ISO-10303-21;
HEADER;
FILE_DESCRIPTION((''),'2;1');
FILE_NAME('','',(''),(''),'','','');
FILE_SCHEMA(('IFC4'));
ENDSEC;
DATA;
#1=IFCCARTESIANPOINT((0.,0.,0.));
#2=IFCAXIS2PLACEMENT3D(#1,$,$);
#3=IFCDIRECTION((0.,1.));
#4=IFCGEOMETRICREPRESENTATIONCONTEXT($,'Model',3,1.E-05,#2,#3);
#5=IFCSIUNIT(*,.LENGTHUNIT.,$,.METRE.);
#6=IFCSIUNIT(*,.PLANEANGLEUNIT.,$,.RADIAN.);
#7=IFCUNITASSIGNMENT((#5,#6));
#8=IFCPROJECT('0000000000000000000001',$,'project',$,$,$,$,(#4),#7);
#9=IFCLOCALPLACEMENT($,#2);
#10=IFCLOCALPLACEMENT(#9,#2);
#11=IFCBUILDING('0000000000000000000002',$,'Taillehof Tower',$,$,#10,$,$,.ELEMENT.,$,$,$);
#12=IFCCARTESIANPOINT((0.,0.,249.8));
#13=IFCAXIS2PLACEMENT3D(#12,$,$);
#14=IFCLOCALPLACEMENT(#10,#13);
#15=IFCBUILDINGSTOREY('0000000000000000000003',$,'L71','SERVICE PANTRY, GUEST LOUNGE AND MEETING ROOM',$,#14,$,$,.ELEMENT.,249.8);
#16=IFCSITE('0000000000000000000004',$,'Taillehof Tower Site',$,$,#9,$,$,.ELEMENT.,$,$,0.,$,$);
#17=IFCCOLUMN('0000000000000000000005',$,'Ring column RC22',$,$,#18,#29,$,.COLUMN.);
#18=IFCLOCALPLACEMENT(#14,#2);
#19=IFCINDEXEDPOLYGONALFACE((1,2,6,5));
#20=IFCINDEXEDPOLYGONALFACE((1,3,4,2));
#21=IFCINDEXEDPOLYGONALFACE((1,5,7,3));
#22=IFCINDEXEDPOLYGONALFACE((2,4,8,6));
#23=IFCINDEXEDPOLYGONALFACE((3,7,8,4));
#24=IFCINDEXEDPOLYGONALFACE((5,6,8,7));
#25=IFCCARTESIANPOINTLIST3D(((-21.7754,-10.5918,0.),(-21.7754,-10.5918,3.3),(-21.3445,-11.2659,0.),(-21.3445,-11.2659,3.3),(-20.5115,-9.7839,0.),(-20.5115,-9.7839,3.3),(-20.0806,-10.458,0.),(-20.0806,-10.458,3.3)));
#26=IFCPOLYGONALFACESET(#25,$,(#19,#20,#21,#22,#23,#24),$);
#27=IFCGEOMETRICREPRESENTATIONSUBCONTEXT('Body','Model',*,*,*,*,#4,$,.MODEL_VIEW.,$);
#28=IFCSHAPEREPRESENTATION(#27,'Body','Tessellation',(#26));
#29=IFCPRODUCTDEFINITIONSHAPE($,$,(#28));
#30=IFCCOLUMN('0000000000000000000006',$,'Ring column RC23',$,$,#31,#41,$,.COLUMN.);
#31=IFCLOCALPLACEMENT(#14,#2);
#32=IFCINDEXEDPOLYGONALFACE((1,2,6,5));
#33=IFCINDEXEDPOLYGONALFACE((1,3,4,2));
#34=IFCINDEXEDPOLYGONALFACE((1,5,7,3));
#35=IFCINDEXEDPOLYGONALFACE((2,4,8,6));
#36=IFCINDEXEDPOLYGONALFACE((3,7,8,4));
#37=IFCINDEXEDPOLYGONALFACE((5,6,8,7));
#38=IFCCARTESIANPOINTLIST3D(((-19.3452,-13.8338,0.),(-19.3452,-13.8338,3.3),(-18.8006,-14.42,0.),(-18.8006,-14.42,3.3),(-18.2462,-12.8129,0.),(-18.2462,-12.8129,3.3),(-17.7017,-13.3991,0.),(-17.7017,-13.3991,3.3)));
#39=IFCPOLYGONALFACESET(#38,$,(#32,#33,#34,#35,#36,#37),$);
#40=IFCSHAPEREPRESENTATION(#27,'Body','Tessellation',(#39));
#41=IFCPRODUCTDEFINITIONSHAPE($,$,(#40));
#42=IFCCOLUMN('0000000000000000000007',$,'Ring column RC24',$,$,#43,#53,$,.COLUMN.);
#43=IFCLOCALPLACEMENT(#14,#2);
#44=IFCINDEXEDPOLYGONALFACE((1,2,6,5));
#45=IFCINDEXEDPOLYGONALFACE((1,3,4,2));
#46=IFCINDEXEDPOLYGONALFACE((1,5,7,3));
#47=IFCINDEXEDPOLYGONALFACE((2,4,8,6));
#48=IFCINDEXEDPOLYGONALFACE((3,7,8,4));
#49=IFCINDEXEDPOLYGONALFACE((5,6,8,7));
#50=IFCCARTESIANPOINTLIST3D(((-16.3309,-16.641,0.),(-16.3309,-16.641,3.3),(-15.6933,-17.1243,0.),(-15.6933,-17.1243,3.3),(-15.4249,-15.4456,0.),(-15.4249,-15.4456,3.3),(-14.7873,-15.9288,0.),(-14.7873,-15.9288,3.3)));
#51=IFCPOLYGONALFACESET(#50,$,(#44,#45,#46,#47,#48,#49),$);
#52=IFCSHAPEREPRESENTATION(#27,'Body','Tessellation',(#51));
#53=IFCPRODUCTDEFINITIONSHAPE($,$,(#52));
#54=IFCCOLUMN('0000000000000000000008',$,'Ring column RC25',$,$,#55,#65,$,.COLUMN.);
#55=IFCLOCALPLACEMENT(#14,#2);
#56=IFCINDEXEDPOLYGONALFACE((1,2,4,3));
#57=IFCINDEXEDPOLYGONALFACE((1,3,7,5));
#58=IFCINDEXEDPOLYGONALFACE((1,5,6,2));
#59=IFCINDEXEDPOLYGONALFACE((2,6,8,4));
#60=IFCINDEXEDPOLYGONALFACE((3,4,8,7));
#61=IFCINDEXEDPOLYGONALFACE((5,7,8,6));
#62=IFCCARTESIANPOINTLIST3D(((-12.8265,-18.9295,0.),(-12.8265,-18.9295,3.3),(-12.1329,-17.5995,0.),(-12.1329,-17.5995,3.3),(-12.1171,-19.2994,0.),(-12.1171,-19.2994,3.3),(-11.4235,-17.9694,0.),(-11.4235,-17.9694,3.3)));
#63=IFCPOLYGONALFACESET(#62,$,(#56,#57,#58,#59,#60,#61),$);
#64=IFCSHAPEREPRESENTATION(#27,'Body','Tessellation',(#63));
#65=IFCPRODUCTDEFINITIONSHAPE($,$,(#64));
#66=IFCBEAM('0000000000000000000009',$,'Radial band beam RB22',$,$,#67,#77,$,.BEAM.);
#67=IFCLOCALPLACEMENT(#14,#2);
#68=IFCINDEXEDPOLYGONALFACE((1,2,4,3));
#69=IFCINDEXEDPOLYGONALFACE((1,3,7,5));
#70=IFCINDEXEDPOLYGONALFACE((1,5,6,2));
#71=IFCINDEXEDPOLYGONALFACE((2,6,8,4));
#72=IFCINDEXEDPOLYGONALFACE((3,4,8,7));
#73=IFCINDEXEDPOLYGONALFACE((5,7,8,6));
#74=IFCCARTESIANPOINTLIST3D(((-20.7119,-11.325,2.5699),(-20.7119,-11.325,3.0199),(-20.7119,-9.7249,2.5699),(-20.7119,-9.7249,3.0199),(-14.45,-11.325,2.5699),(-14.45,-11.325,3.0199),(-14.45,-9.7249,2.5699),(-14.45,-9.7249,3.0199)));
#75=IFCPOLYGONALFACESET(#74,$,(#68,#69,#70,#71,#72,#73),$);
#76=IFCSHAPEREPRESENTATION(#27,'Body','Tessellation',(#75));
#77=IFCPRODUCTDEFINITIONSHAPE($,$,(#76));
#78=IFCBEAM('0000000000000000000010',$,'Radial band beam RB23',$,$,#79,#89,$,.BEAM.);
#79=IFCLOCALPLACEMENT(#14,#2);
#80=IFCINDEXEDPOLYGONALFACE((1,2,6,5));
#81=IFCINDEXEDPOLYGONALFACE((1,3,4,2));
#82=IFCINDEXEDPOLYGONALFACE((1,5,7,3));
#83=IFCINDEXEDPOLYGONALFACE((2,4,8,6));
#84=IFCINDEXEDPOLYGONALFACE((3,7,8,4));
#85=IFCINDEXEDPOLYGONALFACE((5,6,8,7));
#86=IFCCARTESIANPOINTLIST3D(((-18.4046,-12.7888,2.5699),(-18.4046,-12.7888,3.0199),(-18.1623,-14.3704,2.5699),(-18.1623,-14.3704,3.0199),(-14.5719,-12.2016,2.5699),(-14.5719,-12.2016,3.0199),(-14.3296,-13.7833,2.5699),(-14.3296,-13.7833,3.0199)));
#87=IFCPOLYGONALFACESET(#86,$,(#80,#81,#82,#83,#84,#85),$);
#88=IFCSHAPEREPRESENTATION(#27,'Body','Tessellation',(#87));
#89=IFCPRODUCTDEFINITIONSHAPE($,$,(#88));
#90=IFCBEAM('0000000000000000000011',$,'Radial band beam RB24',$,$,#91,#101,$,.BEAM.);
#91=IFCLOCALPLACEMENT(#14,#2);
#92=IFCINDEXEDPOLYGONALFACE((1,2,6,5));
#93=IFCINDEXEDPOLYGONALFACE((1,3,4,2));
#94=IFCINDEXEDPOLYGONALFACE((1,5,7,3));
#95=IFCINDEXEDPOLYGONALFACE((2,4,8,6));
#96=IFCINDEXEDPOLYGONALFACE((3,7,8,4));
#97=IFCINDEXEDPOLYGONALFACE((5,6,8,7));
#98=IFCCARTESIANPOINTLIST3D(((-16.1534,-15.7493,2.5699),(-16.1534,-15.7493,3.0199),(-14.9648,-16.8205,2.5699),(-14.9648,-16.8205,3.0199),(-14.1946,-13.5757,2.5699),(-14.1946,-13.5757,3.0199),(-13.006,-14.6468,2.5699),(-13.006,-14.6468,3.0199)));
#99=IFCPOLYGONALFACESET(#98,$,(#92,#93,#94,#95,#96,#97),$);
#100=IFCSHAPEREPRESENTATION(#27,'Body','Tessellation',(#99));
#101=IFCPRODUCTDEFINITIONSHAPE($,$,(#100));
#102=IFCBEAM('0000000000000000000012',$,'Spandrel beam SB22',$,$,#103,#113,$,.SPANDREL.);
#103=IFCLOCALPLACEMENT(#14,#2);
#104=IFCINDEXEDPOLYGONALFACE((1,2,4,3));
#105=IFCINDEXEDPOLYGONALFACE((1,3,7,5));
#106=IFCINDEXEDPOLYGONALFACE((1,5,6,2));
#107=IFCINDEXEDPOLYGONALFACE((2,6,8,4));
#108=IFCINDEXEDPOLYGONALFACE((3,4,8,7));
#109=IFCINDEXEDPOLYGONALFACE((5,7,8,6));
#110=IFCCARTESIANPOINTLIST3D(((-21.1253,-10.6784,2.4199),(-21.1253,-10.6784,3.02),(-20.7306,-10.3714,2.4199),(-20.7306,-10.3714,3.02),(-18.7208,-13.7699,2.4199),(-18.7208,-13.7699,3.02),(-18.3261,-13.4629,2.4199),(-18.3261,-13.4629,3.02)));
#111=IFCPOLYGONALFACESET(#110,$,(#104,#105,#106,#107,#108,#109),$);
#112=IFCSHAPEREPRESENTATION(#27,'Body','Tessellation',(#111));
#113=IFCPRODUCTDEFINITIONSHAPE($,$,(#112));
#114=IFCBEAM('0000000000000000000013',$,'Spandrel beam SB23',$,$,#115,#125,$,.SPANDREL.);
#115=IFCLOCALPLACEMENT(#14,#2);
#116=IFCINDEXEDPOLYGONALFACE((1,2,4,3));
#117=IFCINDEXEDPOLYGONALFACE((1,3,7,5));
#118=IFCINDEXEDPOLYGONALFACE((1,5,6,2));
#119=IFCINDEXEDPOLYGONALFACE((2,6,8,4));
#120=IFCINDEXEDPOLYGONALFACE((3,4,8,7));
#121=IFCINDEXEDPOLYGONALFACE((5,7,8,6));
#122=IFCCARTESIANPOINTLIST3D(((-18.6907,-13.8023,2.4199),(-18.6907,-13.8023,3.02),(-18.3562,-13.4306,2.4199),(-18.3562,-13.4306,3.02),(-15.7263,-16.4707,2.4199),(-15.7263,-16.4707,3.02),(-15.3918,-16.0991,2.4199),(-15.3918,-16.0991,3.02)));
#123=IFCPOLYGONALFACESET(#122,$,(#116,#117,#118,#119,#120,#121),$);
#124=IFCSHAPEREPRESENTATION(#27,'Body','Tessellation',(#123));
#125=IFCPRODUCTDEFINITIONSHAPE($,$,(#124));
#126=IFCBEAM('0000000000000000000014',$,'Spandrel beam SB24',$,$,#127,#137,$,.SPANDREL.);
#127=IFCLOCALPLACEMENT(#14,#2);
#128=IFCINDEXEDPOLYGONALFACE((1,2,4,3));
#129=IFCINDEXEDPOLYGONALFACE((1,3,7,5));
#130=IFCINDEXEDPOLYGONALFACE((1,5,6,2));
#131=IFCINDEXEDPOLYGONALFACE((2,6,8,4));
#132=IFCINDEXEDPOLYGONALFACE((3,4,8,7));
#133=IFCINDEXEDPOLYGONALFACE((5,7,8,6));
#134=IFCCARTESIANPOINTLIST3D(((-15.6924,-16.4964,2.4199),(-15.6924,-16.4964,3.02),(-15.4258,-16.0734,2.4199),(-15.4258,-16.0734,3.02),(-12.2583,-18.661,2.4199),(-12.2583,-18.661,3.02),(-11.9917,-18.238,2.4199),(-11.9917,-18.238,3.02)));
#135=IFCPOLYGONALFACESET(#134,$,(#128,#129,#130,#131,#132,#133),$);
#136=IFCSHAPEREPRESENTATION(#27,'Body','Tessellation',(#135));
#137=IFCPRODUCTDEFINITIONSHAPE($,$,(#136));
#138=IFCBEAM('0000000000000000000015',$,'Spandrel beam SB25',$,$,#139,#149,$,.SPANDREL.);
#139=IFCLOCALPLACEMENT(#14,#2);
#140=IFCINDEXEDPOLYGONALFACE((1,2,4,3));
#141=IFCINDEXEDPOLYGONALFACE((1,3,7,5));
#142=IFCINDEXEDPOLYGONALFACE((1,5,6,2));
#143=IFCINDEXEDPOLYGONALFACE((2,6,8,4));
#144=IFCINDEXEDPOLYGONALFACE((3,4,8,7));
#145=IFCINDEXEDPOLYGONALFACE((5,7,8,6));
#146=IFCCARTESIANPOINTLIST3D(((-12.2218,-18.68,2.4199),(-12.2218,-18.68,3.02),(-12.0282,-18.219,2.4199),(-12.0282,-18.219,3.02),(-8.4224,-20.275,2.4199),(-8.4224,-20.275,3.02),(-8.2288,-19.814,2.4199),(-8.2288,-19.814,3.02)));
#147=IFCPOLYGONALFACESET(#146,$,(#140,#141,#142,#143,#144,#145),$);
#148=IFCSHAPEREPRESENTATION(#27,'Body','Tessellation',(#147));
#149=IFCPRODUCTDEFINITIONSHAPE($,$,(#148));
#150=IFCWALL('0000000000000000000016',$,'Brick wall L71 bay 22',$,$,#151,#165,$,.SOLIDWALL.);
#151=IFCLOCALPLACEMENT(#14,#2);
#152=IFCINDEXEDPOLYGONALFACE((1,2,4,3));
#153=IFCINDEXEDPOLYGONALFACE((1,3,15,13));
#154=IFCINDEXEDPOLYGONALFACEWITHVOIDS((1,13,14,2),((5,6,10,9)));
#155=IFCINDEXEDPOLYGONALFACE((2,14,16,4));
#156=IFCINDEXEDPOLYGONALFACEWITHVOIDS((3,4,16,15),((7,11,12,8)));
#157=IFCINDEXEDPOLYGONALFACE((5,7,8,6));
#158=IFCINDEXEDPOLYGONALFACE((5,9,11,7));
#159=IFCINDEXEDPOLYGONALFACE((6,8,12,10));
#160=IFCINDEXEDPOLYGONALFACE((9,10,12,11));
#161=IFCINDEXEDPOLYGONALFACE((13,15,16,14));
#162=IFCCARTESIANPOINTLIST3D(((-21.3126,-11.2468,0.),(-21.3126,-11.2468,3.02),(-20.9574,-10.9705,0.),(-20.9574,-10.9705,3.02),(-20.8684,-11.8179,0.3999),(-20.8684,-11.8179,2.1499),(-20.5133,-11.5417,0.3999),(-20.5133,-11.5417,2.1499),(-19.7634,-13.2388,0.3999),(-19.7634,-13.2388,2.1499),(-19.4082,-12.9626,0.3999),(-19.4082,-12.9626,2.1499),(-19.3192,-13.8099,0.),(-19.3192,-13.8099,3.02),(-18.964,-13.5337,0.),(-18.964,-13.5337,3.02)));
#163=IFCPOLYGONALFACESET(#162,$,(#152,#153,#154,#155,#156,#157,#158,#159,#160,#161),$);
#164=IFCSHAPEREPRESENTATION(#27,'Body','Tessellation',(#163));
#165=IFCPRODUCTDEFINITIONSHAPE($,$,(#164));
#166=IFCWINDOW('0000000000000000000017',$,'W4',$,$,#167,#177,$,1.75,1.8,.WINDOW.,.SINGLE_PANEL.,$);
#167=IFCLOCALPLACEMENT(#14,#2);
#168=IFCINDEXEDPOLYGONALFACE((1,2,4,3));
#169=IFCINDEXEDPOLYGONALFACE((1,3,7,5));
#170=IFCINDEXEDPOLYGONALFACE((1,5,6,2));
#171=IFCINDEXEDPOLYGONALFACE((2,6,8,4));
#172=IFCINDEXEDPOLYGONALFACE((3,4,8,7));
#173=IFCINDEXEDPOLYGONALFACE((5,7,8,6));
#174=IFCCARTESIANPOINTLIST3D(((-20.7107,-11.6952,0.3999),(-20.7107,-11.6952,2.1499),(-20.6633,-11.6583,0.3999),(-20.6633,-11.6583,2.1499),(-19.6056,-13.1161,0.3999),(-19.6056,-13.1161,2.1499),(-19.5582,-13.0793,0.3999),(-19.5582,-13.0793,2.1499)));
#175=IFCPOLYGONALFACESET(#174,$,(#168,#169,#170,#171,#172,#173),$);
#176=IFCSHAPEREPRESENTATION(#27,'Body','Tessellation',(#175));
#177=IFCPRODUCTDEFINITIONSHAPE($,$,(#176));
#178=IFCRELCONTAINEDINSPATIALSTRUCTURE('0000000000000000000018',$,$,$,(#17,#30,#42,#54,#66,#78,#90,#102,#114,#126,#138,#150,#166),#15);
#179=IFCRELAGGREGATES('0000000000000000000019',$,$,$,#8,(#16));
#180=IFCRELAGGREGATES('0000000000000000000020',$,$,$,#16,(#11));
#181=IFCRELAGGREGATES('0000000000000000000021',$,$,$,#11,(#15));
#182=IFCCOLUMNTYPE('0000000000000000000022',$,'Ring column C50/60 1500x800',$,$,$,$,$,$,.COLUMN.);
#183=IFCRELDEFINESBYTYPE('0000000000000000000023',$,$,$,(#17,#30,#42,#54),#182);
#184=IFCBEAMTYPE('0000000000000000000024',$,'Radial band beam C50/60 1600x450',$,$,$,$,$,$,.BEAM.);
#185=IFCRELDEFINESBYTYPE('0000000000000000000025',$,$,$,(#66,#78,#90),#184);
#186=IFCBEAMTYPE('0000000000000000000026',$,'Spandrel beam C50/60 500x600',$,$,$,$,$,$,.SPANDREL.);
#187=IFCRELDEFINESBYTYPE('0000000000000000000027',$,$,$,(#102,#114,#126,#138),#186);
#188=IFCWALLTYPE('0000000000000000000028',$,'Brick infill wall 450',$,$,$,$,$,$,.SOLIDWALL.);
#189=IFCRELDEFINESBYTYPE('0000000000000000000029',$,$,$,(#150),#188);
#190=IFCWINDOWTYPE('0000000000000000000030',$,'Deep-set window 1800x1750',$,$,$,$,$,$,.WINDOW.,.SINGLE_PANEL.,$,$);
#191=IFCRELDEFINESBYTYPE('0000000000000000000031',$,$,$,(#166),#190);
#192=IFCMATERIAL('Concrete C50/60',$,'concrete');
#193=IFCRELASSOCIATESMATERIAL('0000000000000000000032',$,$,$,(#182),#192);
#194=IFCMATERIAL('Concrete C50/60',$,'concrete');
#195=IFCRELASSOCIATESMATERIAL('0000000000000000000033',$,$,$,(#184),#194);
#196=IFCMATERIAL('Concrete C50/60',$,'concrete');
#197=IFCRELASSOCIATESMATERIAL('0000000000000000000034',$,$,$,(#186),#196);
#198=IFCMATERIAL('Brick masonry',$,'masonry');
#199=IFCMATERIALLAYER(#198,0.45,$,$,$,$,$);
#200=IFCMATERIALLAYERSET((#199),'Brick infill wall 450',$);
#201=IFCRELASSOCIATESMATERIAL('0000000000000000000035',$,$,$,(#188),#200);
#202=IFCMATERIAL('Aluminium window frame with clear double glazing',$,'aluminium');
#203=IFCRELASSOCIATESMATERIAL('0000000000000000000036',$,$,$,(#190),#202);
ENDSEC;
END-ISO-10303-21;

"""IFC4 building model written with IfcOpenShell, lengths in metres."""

from ifc_helpers import new_model, si_unit, direction, frame, frame_2d, origin, origin_2d, place, context, subcontext, project, spatial, rectangle, extrude, material, layer, layer_set, material_profile, profile_set, type_object, element, fill, save


model = new_model("IFC4")

# Units and contexts
model_context = context("Model", 3, precision=1e-05, world=origin(), true_north=direction((0.0, 1.0)))
body_context = subcontext(model_context, "Body", "Model", "MODEL_VIEW")
ifc_project = project(units=[si_unit("LENGTHUNIT", "METRE"), si_unit("PLANEANGLEUNIT", "RADIAN")], contexts=[model_context])

# Site, building, storey
site_placement = place(None, origin())
site = spatial("IfcSite", under=ifc_project, at=site_placement, Name="Taillehof Tower Site", CompositionType="ELEMENT", RefElevation=0.0)
building_placement = place(site_placement, origin())
building = spatial("IfcBuilding", under=site, at=building_placement, Name="Taillehof Tower", CompositionType="ELEMENT")
storey_placement = place(building_placement, frame((0.0, 0.0, 249.8)))
storey = spatial("IfcBuildingStorey", under=building, at=storey_placement, Name="L71", Description="SERVICE PANTRY, GUEST LOUNGE AND MEETING ROOM", CompositionType="ELEMENT", Elevation=249.8)

# Columns
ifc_material_1 = material(Name="Concrete C50/60", Category="concrete")
ifc_material_profile_1 = material_profile(ifc_material_1, rectangle(XDim=1.5, YDim=0.8, at=origin_2d()), Name="RC 1500x800")
ifc_profile_set_1 = profile_set([ifc_material_profile_1], Name="Concrete C50/60")
column_type = type_object("IfcColumnType", Name="Ring column C50/60 1500x800", PredefinedType="COLUMN", material=ifc_profile_set_1)
for number, where, z_axis, x_axis, name in (
    (1, (-20.928, -10.5249, 0.0), (0.0, 0.0, 1.0), (-0.842574, -0.538581, 0.0), "Ring column RC22"),
    (2, (-18.5234, -13.6165, 0.0), (0.0, 0.0, 1.0), (-0.732636, -0.680621, 0.0), "Ring column RC23"),
    (3, (-15.5591, -16.2849, 0.0), (0.0, 0.0, 1.0), (-0.60402, -0.796969, 0.0), "Ring column RC24"),
    (4, (-12.125, -18.4495, 0.0), (0.0, 0.0, 1.0), (-0.462384, -0.88668, 0.0), "Ring column RC25"),
):
    element("IfcColumn", number, at=place(storey_placement, frame(where, z_axis=z_axis, x_axis=x_axis)), inside=storey, type_object=column_type, Name=name, PredefinedType="COLUMN", context=body_context, shape_type="SweptSolid", body=[
        extrude(rectangle(XDim=1.5, YDim=0.8, at=origin_2d()), origin(), (0.0, 0.0, 1.0), 3.3),
    ])

# Beams
ifc_material_2 = material(Name="Concrete C50/60", Category="concrete")
ifc_material_profile_2 = material_profile(ifc_material_2, rectangle(XDim=1.6001, YDim=0.45, at=origin_2d()), Name="RC 1600x450")
ifc_profile_set_2 = profile_set([ifc_material_profile_2], Name="Concrete C50/60")
beam_type_1 = type_object("IfcBeamType", Name="Radial band beam C50/60 1600x450", PredefinedType="BEAM", material=ifc_profile_set_2)
beam_1_placement = place(storey_placement, frame((-20.7119, -10.5249, 2.7949), z_axis=(1.0, 0.0, 0.0), x_axis=(0.0, 1.0, 0.0)))
element("IfcBeam", 5, at=beam_1_placement, inside=storey, type_object=beam_type_1, Name="Radial band beam RB22", PredefinedType="BEAM", context=body_context, shape_type="SweptSolid", body=[
    extrude(rectangle(XDim=1.6001, YDim=0.45, at=origin_2d()), origin(), (0.0, 0.0, 1.0), 6.262),
])
beam_2_placement = place(storey_placement, frame((-18.2834, -13.5796, 2.7949), z_axis=(0.988468, 0.151428, 0.0), x_axis=(-0.151428, 0.988468, 0.0)))
element("IfcBeam", 6, at=beam_2_placement, inside=storey, type_object=beam_type_1, Name="Radial band beam RB23", PredefinedType="BEAM", context=body_context, shape_type="SweptSolid", body=[
    extrude(rectangle(XDim=1.6001, YDim=0.45, at=origin_2d()), origin(), (0.0, 0.0, 1.0), 3.8774),
])
beam_3_placement = place(storey_placement, frame((-15.5591, -16.2849, 2.7949), z_axis=(0.669439, 0.742867, 0.0), x_axis=(-0.742867, 0.669439, 0.0)))
element("IfcBeam", 7, at=beam_3_placement, inside=storey, type_object=beam_type_1, Name="Radial band beam RB24", PredefinedType="BEAM", context=body_context, shape_type="SweptSolid", body=[
    extrude(rectangle(XDim=1.6001, YDim=0.45, at=origin_2d()), origin(), (0.0, 0.0, 1.0), 2.926),
])
ifc_material_3 = material(Name="Concrete C50/60", Category="concrete")
ifc_material_profile_3 = material_profile(ifc_material_3, rectangle(XDim=0.5, YDim=0.6001, at=origin_2d()), Name="RC 500x600")
ifc_profile_set_3 = profile_set([ifc_material_profile_3], Name="Concrete C50/60")
beam_type_2 = type_object("IfcBeamType", Name="Spandrel beam C50/60 500x600", PredefinedType="SPANDREL", material=ifc_profile_set_3)
beam_4_placement = place(storey_placement, frame((-20.928, -10.5249, 2.72), z_axis=(0.613941, -0.789352, 0.0), x_axis=(0.789352, 0.613941, 0.0)))
element("IfcBeam", 8, at=beam_4_placement, inside=storey, type_object=beam_type_2, Name="Spandrel beam SB22", PredefinedType="SPANDREL", context=body_context, shape_type="SweptSolid", body=[
    extrude(rectangle(XDim=0.5, YDim=0.6001, at=origin_2d()), origin(), (0.0, 0.0, 1.0), 3.9165),
])
beam_5_placement = place(storey_placement, frame((-18.5234, -13.6165, 2.72), z_axis=(0.743227, -0.669039, 0.0), x_axis=(0.669039, 0.743227, 0.0)))
element("IfcBeam", 9, at=beam_5_placement, inside=storey, type_object=beam_type_2, Name="Spandrel beam SB23", PredefinedType="SPANDREL", context=body_context, shape_type="SweptSolid", body=[
    extrude(rectangle(XDim=0.5, YDim=0.6001, at=origin_2d()), origin(), (0.0, 0.0, 1.0), 3.9885),
])
beam_6_placement = place(storey_placement, frame((-15.5591, -16.2849, 2.72), z_axis=(0.845972, -0.533228, 0.0), x_axis=(0.533228, 0.845972, 0.0)))
element("IfcBeam", 10, at=beam_6_placement, inside=storey, type_object=beam_type_2, Name="Spandrel beam SB24", PredefinedType="SPANDREL", context=body_context, shape_type="SweptSolid", body=[
    extrude(rectangle(XDim=0.5, YDim=0.6001, at=origin_2d()), origin(), (0.0, 0.0, 1.0), 4.0593),
])
beam_7_placement = place(storey_placement, frame((-12.125, -18.4495, 2.72), z_axis=(0.922046, -0.387079, 0.0), x_axis=(0.387079, 0.922046, 0.0)))
element("IfcBeam", 11, at=beam_7_placement, inside=storey, type_object=beam_type_2, Name="Spandrel beam SB25", PredefinedType="SPANDREL", context=body_context, shape_type="SweptSolid", body=[
    extrude(rectangle(XDim=0.5, YDim=0.6001, at=origin_2d()), origin(), (0.0, 0.0, 1.0), 4.1206),
])

# Wall, opening, window
ifc_material_4 = material(Name="Brick masonry", Category="masonry")
ifc_layer_1 = layer(ifc_material_4, 0.45)
ifc_layer_set_1 = layer_set([ifc_layer_1], Name="Brick infill wall 450")
wall_type_1 = type_object("IfcWallType", Name="Brick infill wall 450", PredefinedType="SOLIDWALL", material=ifc_layer_set_1)
wall_1_placement = place(storey_placement, frame((-21.135, -11.1086, 0.0), z_axis=(0.0, 0.0, 1.0), x_axis=(0.613899, -0.789385, 0.0)))
wall_1 = element("IfcWall", 12, at=wall_1_placement, inside=storey, type_object=wall_type_1, Name="Brick wall L71 bay 22", PredefinedType="SOLIDWALL", context=body_context, shape_type="SweptSolid", body=[
    extrude(rectangle(XDim=3.2471, YDim=0.45, at=frame_2d((1.6235, 0.0))), origin(), (0.0, 0.0, 1.0), 3.02),
])
opening_1_placement = place(wall_1_placement, frame((0.7236, 0.0, 0.3999)))
opening_1 = element("IfcOpeningElement", 13, at=opening_1_placement, cuts=wall_1, PredefinedType="OPENING", context=body_context, shape_type="SweptSolid", body=[
    extrude(rectangle(XDim=1.8, YDim=1.75, at=frame_2d((0.8999, 0.875))), frame((0.0, 0.2349, 0.0), z_axis=(0.0, -1.0, 0.0), x_axis=(1.0, 0.0, 0.0)), (0.0, 0.0, 1.0), 0.47),
])
ifc_material_5 = material(Name="Aluminium window frame with clear double glazing", Category="aluminium")
window_type = type_object("IfcWindowType", Name="Deep-set window 1800x1750", PartitioningType="SINGLE_PANEL", PredefinedType="WINDOW", material=ifc_material_5)
window_1_placement = place(opening_1_placement, origin())
window_1 = element("IfcWindow", 14, at=window_1_placement, inside=storey, type_object=window_type, Name="W4", OverallHeight=1.75, OverallWidth=1.8, PartitioningType="SINGLE_PANEL", PredefinedType="WINDOW", context=body_context, shape_type="SweptSolid", body=[
    extrude(rectangle(XDim=1.8, YDim=1.75, at=frame_2d((0.8999, 0.875))), frame((0.0, 0.0349, 0.0), z_axis=(0.0, -1.0, 0.0), x_axis=(1.0, 0.0, 0.0)), (0.0, 0.0, 1.0), 0.0601),
])
fill(opening_1, window_1)

save(model, "model.ifc")
